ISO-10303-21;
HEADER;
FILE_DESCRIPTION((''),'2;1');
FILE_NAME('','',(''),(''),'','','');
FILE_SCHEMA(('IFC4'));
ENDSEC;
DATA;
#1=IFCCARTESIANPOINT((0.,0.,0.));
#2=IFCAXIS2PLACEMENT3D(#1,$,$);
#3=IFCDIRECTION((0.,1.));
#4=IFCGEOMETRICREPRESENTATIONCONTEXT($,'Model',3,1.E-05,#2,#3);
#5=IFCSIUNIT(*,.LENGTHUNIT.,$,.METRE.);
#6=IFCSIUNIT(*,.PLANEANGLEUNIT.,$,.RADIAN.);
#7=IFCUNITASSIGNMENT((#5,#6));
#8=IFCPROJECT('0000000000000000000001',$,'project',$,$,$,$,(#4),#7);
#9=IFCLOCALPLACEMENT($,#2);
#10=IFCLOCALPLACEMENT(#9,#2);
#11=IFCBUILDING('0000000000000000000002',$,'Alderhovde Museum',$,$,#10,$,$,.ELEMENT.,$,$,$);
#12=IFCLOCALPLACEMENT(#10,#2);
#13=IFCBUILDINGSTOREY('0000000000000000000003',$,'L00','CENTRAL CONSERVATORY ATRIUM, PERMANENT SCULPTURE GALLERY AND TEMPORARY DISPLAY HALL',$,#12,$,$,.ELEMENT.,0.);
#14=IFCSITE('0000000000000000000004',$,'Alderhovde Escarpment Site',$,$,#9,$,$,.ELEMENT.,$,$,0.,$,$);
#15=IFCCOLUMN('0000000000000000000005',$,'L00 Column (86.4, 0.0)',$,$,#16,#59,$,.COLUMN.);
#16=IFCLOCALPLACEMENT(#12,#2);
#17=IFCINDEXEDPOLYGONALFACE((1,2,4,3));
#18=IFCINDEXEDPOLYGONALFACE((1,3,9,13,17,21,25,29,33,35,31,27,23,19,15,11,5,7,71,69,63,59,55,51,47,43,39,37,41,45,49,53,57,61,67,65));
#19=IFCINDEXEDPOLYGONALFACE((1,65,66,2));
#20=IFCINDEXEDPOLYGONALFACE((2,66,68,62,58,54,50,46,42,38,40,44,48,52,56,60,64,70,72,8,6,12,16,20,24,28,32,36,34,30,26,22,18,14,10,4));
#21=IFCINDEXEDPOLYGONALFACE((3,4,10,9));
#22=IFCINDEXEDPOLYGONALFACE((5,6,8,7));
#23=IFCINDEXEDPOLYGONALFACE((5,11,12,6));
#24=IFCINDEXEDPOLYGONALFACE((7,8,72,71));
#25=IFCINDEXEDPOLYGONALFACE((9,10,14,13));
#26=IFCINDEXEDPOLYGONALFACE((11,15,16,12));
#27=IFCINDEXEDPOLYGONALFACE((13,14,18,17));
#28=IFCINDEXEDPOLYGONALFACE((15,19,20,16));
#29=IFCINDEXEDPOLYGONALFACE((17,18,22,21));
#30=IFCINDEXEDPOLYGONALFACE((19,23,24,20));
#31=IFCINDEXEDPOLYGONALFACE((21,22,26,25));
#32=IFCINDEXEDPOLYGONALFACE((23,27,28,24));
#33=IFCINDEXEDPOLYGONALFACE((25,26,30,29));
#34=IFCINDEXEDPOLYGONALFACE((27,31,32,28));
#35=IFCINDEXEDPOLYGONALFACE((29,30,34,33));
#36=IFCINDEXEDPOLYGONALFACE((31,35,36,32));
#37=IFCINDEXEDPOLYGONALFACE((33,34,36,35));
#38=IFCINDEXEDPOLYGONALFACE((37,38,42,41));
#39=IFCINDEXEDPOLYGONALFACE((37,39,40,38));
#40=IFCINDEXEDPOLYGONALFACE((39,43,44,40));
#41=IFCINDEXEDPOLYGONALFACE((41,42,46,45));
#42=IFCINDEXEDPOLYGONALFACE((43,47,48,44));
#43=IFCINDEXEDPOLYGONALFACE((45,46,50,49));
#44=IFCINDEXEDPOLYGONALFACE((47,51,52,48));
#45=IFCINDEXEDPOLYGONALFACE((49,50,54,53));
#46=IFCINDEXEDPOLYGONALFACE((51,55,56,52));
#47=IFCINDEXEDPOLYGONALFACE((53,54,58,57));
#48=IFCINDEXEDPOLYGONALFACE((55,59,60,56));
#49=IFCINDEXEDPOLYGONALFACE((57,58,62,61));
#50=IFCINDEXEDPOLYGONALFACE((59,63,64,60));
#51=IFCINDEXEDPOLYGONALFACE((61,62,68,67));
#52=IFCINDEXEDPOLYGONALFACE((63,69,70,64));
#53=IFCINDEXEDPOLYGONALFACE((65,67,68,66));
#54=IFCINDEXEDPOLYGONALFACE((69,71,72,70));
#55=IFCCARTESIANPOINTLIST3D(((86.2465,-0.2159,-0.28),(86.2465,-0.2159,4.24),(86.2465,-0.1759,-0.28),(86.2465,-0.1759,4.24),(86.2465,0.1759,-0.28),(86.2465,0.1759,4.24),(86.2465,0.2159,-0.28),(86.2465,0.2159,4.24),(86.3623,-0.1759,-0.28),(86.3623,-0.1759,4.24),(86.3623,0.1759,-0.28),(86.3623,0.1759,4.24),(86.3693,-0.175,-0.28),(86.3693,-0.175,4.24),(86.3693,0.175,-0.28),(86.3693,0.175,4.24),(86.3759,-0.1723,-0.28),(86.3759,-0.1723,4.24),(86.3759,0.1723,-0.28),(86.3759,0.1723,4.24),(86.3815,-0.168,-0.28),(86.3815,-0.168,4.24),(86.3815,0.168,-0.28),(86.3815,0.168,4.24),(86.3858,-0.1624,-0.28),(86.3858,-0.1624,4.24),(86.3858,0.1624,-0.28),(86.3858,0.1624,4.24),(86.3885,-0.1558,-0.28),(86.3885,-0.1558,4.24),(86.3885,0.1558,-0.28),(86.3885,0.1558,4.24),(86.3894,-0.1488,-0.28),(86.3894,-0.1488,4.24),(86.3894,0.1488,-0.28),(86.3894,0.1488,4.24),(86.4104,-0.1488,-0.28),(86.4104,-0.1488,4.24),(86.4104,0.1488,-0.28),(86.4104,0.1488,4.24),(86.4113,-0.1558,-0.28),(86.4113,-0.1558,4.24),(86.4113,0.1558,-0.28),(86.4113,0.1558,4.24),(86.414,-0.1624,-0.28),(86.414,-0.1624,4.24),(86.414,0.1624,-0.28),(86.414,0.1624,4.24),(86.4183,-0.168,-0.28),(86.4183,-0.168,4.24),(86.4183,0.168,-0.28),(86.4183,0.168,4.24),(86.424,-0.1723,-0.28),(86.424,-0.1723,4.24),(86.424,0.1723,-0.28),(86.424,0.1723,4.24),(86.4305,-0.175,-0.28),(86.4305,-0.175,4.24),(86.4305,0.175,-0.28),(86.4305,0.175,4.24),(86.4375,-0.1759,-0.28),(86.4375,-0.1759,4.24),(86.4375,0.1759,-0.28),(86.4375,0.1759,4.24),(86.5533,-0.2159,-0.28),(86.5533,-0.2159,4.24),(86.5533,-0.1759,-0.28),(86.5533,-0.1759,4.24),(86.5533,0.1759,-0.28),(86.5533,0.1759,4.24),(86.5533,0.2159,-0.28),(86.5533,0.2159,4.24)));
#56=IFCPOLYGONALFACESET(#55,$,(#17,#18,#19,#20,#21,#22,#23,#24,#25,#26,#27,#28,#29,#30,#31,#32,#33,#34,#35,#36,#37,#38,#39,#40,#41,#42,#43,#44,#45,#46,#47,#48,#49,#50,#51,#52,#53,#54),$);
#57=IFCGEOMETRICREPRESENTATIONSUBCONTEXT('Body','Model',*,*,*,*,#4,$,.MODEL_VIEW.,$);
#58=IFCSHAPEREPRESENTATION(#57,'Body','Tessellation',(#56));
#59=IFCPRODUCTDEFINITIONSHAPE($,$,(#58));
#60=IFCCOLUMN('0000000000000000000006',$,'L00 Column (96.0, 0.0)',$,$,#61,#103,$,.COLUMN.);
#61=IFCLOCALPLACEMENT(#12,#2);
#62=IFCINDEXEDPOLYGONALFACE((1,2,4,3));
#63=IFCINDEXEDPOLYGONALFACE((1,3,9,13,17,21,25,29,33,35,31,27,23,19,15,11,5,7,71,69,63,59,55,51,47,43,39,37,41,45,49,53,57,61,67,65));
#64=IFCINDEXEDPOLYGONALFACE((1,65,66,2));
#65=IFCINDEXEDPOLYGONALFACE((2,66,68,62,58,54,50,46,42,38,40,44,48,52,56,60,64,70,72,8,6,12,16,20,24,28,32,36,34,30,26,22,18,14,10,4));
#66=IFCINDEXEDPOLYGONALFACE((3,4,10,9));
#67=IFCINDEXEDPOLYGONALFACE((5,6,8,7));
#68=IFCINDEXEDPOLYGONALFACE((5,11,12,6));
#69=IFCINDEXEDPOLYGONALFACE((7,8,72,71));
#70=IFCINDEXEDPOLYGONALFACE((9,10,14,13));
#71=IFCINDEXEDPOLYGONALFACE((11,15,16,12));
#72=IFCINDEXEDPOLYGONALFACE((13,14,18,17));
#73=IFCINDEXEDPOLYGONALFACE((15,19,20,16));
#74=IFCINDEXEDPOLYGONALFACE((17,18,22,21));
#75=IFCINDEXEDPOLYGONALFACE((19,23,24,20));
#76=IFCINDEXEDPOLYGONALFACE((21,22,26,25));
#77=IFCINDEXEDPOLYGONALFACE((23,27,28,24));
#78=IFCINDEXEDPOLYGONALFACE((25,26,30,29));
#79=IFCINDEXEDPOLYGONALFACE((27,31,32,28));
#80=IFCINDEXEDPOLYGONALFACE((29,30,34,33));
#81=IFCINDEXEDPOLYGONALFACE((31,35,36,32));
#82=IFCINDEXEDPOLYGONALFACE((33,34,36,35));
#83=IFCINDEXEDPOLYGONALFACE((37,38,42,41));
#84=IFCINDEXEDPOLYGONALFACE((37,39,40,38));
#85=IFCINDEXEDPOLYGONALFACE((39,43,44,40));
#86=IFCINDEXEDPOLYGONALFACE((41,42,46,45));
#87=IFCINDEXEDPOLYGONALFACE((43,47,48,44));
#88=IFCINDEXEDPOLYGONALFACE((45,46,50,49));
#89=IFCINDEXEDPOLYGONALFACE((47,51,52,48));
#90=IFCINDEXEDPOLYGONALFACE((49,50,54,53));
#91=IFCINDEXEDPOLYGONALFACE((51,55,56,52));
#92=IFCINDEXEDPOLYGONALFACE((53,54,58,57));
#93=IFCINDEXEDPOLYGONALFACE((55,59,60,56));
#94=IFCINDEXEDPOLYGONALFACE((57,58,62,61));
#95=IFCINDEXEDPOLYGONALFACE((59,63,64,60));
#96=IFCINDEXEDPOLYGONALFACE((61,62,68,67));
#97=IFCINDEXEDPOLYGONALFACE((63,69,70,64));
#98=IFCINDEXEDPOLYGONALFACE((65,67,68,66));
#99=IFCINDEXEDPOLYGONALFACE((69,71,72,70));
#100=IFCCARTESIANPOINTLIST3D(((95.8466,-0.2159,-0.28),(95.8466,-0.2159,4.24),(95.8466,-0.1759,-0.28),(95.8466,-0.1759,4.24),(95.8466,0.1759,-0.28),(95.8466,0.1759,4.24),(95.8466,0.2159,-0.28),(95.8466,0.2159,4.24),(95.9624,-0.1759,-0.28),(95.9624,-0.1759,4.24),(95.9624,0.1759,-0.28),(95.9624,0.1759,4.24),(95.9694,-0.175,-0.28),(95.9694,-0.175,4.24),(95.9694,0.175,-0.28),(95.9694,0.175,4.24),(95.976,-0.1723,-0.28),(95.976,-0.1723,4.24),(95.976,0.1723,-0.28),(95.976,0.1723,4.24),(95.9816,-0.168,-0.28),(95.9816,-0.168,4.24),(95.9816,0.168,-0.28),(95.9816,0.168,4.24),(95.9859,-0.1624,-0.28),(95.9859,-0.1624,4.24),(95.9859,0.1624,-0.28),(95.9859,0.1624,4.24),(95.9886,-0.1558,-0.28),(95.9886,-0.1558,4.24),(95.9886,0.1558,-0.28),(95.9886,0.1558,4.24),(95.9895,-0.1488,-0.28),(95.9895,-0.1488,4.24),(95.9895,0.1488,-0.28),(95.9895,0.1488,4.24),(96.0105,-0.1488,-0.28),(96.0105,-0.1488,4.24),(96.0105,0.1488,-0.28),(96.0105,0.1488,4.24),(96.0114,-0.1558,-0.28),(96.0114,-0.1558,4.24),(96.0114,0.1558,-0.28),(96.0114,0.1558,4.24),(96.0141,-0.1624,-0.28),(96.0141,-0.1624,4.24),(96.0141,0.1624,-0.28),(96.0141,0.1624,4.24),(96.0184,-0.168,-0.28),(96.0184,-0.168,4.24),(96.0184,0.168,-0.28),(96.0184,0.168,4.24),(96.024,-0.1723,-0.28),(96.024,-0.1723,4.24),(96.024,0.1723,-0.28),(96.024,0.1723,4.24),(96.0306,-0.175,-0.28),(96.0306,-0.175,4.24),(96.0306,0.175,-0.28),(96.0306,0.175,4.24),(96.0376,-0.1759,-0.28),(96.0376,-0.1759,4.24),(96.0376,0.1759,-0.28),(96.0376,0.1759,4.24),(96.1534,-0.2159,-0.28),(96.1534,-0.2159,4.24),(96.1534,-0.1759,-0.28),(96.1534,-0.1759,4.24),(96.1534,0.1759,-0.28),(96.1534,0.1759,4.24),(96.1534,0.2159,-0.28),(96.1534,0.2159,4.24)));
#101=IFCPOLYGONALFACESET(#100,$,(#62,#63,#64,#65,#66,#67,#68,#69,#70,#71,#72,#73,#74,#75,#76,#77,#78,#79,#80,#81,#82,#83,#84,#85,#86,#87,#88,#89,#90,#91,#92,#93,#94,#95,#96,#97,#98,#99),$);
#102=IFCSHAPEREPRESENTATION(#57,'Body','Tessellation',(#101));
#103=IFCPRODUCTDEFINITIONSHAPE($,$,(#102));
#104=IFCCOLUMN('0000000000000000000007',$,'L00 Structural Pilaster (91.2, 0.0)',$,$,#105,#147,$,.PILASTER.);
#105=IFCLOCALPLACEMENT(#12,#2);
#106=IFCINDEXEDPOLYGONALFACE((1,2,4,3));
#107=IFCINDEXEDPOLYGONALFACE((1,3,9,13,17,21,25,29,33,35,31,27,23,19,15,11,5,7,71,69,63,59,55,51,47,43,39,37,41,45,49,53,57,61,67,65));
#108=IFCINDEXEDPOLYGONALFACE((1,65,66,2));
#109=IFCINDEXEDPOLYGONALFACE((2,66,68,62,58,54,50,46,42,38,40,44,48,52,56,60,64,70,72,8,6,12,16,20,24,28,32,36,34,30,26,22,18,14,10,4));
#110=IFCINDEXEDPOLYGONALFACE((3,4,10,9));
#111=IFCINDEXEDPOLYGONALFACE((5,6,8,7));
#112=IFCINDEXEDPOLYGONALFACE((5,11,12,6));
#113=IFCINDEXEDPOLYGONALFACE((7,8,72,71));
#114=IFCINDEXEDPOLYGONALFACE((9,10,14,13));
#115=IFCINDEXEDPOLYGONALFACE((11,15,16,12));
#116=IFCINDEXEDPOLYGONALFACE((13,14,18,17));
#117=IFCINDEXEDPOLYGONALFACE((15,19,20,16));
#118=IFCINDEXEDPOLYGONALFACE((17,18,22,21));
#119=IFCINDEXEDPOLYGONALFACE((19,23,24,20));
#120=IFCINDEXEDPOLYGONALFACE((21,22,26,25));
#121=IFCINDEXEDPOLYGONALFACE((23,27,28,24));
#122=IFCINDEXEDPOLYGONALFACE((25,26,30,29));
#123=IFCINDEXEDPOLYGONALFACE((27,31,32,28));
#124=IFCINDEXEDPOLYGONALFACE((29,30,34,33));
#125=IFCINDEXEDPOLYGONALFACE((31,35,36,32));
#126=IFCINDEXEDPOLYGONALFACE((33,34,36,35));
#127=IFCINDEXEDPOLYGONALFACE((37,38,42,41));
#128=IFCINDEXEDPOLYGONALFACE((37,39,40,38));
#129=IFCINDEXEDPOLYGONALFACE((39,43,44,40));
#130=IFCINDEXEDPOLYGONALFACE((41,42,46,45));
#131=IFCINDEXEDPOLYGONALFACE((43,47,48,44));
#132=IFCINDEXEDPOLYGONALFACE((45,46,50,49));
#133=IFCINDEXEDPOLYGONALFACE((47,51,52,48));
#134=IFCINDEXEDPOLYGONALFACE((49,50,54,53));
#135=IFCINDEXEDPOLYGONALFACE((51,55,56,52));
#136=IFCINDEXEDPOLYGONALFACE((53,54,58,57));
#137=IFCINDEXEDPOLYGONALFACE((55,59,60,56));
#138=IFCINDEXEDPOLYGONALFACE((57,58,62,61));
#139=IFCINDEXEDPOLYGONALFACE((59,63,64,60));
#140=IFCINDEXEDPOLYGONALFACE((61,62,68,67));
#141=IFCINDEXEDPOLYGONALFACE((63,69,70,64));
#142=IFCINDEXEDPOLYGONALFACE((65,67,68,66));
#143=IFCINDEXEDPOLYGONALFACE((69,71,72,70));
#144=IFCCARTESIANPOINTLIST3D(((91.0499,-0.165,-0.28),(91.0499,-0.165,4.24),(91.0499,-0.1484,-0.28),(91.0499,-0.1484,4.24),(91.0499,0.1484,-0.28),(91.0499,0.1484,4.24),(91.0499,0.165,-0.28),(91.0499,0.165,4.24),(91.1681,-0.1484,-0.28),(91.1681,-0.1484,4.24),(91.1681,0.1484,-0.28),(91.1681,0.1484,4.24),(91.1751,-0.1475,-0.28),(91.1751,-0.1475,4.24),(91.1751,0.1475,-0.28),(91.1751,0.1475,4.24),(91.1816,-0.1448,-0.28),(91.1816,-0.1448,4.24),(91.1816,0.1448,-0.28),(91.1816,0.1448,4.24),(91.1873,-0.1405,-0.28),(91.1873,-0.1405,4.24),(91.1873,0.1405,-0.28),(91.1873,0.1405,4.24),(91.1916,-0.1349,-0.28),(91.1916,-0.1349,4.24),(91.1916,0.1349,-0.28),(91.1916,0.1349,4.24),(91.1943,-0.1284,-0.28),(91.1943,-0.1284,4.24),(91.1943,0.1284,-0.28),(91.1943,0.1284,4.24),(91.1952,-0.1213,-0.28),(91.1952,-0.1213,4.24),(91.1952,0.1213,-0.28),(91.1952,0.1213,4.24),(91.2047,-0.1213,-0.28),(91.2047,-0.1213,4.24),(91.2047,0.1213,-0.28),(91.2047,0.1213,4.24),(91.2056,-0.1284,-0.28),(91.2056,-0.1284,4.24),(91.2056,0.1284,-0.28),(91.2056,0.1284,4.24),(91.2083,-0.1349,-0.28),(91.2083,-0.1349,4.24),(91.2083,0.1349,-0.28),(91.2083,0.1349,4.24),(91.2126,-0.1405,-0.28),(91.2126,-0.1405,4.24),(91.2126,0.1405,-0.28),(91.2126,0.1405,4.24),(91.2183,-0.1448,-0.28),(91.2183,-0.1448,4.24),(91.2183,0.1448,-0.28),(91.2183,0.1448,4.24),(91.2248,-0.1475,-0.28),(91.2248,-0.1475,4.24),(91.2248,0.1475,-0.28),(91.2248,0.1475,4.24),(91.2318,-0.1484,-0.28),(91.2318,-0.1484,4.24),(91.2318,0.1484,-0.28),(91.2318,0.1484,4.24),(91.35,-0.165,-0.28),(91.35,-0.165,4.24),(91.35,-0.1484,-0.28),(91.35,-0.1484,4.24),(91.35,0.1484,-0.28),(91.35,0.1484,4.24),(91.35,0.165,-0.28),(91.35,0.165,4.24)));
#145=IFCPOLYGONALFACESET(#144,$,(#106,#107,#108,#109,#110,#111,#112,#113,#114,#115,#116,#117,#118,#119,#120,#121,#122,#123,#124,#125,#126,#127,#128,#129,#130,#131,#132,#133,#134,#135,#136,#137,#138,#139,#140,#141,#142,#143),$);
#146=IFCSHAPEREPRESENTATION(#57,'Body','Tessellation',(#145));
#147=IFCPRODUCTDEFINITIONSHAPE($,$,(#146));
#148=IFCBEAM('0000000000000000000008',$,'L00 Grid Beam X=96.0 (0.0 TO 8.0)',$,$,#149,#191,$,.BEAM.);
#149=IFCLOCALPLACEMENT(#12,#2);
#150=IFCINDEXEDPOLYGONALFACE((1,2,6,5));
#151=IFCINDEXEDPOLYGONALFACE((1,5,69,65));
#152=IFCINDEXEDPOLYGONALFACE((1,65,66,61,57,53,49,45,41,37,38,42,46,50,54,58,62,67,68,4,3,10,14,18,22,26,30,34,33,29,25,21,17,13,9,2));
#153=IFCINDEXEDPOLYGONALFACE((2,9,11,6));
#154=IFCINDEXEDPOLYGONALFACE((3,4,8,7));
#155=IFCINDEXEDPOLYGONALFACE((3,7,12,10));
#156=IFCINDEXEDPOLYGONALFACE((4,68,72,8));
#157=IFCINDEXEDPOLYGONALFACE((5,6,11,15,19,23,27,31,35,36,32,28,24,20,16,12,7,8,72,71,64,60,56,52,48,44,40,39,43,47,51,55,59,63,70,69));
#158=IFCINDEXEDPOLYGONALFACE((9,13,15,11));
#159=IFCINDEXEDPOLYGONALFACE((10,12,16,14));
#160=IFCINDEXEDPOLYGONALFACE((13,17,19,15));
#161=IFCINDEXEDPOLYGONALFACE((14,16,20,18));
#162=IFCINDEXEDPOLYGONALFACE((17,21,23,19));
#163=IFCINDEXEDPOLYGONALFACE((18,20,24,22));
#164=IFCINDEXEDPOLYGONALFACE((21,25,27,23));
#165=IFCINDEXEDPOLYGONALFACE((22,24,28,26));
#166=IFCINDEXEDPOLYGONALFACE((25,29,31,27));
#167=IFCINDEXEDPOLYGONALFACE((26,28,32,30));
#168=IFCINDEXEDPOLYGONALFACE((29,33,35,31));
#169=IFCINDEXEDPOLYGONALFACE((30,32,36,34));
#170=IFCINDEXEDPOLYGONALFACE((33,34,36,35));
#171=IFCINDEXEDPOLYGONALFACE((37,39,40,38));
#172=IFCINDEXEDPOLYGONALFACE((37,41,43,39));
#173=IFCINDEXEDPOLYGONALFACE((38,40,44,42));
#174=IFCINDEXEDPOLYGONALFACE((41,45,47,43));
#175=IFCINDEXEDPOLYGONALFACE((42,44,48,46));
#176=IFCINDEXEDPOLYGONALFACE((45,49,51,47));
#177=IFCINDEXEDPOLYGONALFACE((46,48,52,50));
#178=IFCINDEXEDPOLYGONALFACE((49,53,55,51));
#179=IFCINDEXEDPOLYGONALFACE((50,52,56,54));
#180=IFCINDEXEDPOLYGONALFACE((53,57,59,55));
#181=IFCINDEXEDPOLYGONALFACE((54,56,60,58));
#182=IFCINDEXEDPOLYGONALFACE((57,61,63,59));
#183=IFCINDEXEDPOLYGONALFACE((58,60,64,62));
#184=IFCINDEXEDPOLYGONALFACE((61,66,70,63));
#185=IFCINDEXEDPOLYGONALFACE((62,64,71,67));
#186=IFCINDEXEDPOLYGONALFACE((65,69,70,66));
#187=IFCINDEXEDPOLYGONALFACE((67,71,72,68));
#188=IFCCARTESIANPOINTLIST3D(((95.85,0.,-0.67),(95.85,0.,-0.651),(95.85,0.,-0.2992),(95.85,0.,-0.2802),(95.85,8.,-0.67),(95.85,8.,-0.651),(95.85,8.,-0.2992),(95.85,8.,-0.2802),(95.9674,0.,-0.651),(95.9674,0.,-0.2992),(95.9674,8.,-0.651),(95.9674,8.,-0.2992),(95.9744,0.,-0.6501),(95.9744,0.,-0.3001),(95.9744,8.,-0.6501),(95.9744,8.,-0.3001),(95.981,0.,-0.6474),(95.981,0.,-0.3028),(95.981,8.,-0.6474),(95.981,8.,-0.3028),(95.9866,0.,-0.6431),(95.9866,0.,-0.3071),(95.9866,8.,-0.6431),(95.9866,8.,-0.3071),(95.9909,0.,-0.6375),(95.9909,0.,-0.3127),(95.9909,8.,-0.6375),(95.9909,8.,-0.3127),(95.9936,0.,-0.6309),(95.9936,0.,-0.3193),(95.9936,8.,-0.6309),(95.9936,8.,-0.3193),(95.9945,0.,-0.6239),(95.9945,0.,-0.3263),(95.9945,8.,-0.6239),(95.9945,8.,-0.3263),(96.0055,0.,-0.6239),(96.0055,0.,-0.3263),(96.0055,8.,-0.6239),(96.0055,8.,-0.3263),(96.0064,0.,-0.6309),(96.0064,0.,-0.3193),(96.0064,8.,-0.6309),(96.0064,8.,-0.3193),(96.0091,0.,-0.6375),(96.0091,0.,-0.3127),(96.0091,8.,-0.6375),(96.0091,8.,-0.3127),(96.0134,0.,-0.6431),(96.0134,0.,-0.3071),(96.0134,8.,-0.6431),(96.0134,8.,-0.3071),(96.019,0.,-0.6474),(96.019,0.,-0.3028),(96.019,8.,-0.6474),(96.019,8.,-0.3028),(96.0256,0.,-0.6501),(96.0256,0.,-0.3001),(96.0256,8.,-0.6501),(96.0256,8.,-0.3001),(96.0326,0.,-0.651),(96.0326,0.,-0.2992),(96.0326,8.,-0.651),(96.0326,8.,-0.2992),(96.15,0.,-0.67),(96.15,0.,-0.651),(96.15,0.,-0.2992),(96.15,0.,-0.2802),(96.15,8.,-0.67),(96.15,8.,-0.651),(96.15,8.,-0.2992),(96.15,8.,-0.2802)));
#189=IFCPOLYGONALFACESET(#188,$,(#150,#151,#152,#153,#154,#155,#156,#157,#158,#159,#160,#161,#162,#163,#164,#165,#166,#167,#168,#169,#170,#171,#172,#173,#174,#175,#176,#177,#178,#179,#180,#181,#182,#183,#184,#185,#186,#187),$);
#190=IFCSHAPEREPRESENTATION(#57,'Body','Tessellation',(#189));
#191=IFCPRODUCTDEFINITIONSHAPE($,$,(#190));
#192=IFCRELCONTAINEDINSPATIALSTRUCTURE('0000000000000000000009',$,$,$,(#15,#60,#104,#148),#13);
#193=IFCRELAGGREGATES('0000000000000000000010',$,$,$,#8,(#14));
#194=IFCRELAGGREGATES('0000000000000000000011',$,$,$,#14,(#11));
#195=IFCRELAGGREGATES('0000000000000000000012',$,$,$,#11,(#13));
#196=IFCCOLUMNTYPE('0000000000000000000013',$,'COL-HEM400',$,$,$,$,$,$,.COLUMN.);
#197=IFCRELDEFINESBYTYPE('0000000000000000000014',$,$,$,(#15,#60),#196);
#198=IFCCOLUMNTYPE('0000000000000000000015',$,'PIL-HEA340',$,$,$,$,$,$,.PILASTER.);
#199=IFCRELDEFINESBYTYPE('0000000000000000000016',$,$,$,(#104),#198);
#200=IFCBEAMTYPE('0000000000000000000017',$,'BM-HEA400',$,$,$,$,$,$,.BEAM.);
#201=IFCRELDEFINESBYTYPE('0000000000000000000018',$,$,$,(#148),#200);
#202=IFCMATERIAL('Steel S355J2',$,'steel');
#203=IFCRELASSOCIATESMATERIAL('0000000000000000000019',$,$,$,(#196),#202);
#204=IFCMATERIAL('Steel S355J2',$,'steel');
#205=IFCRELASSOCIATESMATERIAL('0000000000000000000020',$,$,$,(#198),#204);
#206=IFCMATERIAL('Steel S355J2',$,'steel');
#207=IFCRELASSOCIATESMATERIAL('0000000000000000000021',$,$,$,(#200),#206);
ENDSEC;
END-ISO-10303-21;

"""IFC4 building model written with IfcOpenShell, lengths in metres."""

from ifc_helpers import new_model, si_unit, direction, frame, origin, origin_2d, place, context, subcontext, project, spatial, i_section, extrude, material, material_profile, profile_set, type_object, element, save


model = new_model("IFC4")

# Units and contexts
model_context = context("Model", 3, precision=1e-05, world=origin(), true_north=direction((0.0, 1.0)))
body_context = subcontext(model_context, "Body", "Model", "MODEL_VIEW")
ifc_project = project(units=[si_unit("LENGTHUNIT", "METRE"), si_unit("PLANEANGLEUNIT", "RADIAN")], contexts=[model_context])

# Site, building, storey
site_placement = place(None, origin())
site = spatial("IfcSite", under=ifc_project, at=site_placement, Name="Alderhovde Escarpment Site", CompositionType="ELEMENT", RefElevation=0.0)
building_placement = place(site_placement, origin())
building = spatial("IfcBuilding", under=site, at=building_placement, Name="Alderhovde Museum", CompositionType="ELEMENT")
storey_placement = place(building_placement, origin())
storey = spatial("IfcBuildingStorey", under=building, at=storey_placement, Name="L00", Description="CENTRAL CONSERVATORY ATRIUM, PERMANENT SCULPTURE GALLERY AND TEMPORARY DISPLAY HALL", CompositionType="ELEMENT", Elevation=0.0)

# Columns
ifc_material_1 = material(Name="Steel S355J2", Category="steel")
ifc_material_profile_1 = material_profile(ifc_material_1, i_section(OverallWidth=0.3069, OverallDepth=0.4319, WebThickness=0.021, FlangeThickness=0.04, FilletRadius=0.0271, at=origin_2d()), Name="HEM 400")
ifc_profile_set_1 = profile_set([ifc_material_profile_1], Name="Steel S355J2")
column_type_1 = type_object("IfcColumnType", Name="COL-HEM400", PredefinedType="COLUMN", material=ifc_profile_set_1)
for number, where, z_axis, x_axis, name in (
    (1, (86.3999, 0.0, -0.28), (0.0, 0.0, 1.0), (1.0, 0.0, 0.0), "L00 Column (86.4, 0.0)"),
    (2, (96.0, 0.0, -0.28), (0.0, 0.0, 1.0), (1.0, 0.0, 0.0), "L00 Column (96.0, 0.0)"),
):
    element("IfcColumn", number, at=place(storey_placement, frame(where, z_axis=z_axis, x_axis=x_axis)), inside=storey, type_object=column_type_1, Name=name, PredefinedType="COLUMN", context=body_context, shape_type="SweptSolid", body=[
        extrude(i_section(OverallWidth=0.3069, OverallDepth=0.4319, WebThickness=0.021, FlangeThickness=0.04, FilletRadius=0.0271, at=origin_2d()), origin(), (0.0, 0.0, 1.0), 4.52),
    ])
ifc_material_2 = material(Name="Steel S355J2", Category="steel")
ifc_material_profile_2 = material_profile(ifc_material_2, i_section(OverallWidth=0.3, OverallDepth=0.3301, WebThickness=0.0095, FlangeThickness=0.0166, FilletRadius=0.0271, at=origin_2d()), Name="HEA 340")
ifc_profile_set_2 = profile_set([ifc_material_profile_2], Name="Steel S355J2")
column_type_2 = type_object("IfcColumnType", Name="PIL-HEA340", PredefinedType="PILASTER", material=ifc_profile_set_2)
column_placement = place(storey_placement, frame((91.2, 0.0, -0.28), z_axis=(0.0, 0.0, 1.0), x_axis=(1.0, 0.0, 0.0)))
element("IfcColumn", 3, at=column_placement, inside=storey, type_object=column_type_2, Name="L00 Structural Pilaster (91.2, 0.0)", PredefinedType="PILASTER", context=body_context, shape_type="SweptSolid", body=[
    extrude(i_section(OverallWidth=0.3, OverallDepth=0.3301, WebThickness=0.0095, FlangeThickness=0.0166, FilletRadius=0.0271, at=origin_2d()), origin(), (0.0, 0.0, 1.0), 4.52),
])

# Beam
ifc_material_3 = material(Name="Steel S355J2", Category="steel")
ifc_material_profile_3 = material_profile(ifc_material_3, i_section(OverallWidth=0.3, OverallDepth=0.3899, WebThickness=0.011, FlangeThickness=0.019, FilletRadius=0.0271, at=origin_2d()), Name="HEA 400")
ifc_profile_set_3 = profile_set([ifc_material_profile_3], Name="Steel S355J2")
beam_type_1 = type_object("IfcBeamType", Name="BM-HEA400", PredefinedType="BEAM", material=ifc_profile_set_3)
for number, where, z_axis, x_axis, name in (
    (4, (96.0, 0.0, -0.4751), (0.0, 1.0, 0.0), (-1.0, 0.0, 0.0), "L00 Grid Beam X=96.0 (0.0 TO 8.0)"),
):
    element("IfcBeam", number, at=place(storey_placement, frame(where, z_axis=z_axis, x_axis=x_axis)), inside=storey, type_object=beam_type_1, Name=name, PredefinedType="BEAM", context=body_context, shape_type="SweptSolid", body=[
        extrude(i_section(OverallWidth=0.3, OverallDepth=0.3899, WebThickness=0.011, FlangeThickness=0.019, FilletRadius=0.0271, at=origin_2d()), origin(), (0.0, 0.0, 1.0), 8.0),
    ])

save(model, "model.ifc")
